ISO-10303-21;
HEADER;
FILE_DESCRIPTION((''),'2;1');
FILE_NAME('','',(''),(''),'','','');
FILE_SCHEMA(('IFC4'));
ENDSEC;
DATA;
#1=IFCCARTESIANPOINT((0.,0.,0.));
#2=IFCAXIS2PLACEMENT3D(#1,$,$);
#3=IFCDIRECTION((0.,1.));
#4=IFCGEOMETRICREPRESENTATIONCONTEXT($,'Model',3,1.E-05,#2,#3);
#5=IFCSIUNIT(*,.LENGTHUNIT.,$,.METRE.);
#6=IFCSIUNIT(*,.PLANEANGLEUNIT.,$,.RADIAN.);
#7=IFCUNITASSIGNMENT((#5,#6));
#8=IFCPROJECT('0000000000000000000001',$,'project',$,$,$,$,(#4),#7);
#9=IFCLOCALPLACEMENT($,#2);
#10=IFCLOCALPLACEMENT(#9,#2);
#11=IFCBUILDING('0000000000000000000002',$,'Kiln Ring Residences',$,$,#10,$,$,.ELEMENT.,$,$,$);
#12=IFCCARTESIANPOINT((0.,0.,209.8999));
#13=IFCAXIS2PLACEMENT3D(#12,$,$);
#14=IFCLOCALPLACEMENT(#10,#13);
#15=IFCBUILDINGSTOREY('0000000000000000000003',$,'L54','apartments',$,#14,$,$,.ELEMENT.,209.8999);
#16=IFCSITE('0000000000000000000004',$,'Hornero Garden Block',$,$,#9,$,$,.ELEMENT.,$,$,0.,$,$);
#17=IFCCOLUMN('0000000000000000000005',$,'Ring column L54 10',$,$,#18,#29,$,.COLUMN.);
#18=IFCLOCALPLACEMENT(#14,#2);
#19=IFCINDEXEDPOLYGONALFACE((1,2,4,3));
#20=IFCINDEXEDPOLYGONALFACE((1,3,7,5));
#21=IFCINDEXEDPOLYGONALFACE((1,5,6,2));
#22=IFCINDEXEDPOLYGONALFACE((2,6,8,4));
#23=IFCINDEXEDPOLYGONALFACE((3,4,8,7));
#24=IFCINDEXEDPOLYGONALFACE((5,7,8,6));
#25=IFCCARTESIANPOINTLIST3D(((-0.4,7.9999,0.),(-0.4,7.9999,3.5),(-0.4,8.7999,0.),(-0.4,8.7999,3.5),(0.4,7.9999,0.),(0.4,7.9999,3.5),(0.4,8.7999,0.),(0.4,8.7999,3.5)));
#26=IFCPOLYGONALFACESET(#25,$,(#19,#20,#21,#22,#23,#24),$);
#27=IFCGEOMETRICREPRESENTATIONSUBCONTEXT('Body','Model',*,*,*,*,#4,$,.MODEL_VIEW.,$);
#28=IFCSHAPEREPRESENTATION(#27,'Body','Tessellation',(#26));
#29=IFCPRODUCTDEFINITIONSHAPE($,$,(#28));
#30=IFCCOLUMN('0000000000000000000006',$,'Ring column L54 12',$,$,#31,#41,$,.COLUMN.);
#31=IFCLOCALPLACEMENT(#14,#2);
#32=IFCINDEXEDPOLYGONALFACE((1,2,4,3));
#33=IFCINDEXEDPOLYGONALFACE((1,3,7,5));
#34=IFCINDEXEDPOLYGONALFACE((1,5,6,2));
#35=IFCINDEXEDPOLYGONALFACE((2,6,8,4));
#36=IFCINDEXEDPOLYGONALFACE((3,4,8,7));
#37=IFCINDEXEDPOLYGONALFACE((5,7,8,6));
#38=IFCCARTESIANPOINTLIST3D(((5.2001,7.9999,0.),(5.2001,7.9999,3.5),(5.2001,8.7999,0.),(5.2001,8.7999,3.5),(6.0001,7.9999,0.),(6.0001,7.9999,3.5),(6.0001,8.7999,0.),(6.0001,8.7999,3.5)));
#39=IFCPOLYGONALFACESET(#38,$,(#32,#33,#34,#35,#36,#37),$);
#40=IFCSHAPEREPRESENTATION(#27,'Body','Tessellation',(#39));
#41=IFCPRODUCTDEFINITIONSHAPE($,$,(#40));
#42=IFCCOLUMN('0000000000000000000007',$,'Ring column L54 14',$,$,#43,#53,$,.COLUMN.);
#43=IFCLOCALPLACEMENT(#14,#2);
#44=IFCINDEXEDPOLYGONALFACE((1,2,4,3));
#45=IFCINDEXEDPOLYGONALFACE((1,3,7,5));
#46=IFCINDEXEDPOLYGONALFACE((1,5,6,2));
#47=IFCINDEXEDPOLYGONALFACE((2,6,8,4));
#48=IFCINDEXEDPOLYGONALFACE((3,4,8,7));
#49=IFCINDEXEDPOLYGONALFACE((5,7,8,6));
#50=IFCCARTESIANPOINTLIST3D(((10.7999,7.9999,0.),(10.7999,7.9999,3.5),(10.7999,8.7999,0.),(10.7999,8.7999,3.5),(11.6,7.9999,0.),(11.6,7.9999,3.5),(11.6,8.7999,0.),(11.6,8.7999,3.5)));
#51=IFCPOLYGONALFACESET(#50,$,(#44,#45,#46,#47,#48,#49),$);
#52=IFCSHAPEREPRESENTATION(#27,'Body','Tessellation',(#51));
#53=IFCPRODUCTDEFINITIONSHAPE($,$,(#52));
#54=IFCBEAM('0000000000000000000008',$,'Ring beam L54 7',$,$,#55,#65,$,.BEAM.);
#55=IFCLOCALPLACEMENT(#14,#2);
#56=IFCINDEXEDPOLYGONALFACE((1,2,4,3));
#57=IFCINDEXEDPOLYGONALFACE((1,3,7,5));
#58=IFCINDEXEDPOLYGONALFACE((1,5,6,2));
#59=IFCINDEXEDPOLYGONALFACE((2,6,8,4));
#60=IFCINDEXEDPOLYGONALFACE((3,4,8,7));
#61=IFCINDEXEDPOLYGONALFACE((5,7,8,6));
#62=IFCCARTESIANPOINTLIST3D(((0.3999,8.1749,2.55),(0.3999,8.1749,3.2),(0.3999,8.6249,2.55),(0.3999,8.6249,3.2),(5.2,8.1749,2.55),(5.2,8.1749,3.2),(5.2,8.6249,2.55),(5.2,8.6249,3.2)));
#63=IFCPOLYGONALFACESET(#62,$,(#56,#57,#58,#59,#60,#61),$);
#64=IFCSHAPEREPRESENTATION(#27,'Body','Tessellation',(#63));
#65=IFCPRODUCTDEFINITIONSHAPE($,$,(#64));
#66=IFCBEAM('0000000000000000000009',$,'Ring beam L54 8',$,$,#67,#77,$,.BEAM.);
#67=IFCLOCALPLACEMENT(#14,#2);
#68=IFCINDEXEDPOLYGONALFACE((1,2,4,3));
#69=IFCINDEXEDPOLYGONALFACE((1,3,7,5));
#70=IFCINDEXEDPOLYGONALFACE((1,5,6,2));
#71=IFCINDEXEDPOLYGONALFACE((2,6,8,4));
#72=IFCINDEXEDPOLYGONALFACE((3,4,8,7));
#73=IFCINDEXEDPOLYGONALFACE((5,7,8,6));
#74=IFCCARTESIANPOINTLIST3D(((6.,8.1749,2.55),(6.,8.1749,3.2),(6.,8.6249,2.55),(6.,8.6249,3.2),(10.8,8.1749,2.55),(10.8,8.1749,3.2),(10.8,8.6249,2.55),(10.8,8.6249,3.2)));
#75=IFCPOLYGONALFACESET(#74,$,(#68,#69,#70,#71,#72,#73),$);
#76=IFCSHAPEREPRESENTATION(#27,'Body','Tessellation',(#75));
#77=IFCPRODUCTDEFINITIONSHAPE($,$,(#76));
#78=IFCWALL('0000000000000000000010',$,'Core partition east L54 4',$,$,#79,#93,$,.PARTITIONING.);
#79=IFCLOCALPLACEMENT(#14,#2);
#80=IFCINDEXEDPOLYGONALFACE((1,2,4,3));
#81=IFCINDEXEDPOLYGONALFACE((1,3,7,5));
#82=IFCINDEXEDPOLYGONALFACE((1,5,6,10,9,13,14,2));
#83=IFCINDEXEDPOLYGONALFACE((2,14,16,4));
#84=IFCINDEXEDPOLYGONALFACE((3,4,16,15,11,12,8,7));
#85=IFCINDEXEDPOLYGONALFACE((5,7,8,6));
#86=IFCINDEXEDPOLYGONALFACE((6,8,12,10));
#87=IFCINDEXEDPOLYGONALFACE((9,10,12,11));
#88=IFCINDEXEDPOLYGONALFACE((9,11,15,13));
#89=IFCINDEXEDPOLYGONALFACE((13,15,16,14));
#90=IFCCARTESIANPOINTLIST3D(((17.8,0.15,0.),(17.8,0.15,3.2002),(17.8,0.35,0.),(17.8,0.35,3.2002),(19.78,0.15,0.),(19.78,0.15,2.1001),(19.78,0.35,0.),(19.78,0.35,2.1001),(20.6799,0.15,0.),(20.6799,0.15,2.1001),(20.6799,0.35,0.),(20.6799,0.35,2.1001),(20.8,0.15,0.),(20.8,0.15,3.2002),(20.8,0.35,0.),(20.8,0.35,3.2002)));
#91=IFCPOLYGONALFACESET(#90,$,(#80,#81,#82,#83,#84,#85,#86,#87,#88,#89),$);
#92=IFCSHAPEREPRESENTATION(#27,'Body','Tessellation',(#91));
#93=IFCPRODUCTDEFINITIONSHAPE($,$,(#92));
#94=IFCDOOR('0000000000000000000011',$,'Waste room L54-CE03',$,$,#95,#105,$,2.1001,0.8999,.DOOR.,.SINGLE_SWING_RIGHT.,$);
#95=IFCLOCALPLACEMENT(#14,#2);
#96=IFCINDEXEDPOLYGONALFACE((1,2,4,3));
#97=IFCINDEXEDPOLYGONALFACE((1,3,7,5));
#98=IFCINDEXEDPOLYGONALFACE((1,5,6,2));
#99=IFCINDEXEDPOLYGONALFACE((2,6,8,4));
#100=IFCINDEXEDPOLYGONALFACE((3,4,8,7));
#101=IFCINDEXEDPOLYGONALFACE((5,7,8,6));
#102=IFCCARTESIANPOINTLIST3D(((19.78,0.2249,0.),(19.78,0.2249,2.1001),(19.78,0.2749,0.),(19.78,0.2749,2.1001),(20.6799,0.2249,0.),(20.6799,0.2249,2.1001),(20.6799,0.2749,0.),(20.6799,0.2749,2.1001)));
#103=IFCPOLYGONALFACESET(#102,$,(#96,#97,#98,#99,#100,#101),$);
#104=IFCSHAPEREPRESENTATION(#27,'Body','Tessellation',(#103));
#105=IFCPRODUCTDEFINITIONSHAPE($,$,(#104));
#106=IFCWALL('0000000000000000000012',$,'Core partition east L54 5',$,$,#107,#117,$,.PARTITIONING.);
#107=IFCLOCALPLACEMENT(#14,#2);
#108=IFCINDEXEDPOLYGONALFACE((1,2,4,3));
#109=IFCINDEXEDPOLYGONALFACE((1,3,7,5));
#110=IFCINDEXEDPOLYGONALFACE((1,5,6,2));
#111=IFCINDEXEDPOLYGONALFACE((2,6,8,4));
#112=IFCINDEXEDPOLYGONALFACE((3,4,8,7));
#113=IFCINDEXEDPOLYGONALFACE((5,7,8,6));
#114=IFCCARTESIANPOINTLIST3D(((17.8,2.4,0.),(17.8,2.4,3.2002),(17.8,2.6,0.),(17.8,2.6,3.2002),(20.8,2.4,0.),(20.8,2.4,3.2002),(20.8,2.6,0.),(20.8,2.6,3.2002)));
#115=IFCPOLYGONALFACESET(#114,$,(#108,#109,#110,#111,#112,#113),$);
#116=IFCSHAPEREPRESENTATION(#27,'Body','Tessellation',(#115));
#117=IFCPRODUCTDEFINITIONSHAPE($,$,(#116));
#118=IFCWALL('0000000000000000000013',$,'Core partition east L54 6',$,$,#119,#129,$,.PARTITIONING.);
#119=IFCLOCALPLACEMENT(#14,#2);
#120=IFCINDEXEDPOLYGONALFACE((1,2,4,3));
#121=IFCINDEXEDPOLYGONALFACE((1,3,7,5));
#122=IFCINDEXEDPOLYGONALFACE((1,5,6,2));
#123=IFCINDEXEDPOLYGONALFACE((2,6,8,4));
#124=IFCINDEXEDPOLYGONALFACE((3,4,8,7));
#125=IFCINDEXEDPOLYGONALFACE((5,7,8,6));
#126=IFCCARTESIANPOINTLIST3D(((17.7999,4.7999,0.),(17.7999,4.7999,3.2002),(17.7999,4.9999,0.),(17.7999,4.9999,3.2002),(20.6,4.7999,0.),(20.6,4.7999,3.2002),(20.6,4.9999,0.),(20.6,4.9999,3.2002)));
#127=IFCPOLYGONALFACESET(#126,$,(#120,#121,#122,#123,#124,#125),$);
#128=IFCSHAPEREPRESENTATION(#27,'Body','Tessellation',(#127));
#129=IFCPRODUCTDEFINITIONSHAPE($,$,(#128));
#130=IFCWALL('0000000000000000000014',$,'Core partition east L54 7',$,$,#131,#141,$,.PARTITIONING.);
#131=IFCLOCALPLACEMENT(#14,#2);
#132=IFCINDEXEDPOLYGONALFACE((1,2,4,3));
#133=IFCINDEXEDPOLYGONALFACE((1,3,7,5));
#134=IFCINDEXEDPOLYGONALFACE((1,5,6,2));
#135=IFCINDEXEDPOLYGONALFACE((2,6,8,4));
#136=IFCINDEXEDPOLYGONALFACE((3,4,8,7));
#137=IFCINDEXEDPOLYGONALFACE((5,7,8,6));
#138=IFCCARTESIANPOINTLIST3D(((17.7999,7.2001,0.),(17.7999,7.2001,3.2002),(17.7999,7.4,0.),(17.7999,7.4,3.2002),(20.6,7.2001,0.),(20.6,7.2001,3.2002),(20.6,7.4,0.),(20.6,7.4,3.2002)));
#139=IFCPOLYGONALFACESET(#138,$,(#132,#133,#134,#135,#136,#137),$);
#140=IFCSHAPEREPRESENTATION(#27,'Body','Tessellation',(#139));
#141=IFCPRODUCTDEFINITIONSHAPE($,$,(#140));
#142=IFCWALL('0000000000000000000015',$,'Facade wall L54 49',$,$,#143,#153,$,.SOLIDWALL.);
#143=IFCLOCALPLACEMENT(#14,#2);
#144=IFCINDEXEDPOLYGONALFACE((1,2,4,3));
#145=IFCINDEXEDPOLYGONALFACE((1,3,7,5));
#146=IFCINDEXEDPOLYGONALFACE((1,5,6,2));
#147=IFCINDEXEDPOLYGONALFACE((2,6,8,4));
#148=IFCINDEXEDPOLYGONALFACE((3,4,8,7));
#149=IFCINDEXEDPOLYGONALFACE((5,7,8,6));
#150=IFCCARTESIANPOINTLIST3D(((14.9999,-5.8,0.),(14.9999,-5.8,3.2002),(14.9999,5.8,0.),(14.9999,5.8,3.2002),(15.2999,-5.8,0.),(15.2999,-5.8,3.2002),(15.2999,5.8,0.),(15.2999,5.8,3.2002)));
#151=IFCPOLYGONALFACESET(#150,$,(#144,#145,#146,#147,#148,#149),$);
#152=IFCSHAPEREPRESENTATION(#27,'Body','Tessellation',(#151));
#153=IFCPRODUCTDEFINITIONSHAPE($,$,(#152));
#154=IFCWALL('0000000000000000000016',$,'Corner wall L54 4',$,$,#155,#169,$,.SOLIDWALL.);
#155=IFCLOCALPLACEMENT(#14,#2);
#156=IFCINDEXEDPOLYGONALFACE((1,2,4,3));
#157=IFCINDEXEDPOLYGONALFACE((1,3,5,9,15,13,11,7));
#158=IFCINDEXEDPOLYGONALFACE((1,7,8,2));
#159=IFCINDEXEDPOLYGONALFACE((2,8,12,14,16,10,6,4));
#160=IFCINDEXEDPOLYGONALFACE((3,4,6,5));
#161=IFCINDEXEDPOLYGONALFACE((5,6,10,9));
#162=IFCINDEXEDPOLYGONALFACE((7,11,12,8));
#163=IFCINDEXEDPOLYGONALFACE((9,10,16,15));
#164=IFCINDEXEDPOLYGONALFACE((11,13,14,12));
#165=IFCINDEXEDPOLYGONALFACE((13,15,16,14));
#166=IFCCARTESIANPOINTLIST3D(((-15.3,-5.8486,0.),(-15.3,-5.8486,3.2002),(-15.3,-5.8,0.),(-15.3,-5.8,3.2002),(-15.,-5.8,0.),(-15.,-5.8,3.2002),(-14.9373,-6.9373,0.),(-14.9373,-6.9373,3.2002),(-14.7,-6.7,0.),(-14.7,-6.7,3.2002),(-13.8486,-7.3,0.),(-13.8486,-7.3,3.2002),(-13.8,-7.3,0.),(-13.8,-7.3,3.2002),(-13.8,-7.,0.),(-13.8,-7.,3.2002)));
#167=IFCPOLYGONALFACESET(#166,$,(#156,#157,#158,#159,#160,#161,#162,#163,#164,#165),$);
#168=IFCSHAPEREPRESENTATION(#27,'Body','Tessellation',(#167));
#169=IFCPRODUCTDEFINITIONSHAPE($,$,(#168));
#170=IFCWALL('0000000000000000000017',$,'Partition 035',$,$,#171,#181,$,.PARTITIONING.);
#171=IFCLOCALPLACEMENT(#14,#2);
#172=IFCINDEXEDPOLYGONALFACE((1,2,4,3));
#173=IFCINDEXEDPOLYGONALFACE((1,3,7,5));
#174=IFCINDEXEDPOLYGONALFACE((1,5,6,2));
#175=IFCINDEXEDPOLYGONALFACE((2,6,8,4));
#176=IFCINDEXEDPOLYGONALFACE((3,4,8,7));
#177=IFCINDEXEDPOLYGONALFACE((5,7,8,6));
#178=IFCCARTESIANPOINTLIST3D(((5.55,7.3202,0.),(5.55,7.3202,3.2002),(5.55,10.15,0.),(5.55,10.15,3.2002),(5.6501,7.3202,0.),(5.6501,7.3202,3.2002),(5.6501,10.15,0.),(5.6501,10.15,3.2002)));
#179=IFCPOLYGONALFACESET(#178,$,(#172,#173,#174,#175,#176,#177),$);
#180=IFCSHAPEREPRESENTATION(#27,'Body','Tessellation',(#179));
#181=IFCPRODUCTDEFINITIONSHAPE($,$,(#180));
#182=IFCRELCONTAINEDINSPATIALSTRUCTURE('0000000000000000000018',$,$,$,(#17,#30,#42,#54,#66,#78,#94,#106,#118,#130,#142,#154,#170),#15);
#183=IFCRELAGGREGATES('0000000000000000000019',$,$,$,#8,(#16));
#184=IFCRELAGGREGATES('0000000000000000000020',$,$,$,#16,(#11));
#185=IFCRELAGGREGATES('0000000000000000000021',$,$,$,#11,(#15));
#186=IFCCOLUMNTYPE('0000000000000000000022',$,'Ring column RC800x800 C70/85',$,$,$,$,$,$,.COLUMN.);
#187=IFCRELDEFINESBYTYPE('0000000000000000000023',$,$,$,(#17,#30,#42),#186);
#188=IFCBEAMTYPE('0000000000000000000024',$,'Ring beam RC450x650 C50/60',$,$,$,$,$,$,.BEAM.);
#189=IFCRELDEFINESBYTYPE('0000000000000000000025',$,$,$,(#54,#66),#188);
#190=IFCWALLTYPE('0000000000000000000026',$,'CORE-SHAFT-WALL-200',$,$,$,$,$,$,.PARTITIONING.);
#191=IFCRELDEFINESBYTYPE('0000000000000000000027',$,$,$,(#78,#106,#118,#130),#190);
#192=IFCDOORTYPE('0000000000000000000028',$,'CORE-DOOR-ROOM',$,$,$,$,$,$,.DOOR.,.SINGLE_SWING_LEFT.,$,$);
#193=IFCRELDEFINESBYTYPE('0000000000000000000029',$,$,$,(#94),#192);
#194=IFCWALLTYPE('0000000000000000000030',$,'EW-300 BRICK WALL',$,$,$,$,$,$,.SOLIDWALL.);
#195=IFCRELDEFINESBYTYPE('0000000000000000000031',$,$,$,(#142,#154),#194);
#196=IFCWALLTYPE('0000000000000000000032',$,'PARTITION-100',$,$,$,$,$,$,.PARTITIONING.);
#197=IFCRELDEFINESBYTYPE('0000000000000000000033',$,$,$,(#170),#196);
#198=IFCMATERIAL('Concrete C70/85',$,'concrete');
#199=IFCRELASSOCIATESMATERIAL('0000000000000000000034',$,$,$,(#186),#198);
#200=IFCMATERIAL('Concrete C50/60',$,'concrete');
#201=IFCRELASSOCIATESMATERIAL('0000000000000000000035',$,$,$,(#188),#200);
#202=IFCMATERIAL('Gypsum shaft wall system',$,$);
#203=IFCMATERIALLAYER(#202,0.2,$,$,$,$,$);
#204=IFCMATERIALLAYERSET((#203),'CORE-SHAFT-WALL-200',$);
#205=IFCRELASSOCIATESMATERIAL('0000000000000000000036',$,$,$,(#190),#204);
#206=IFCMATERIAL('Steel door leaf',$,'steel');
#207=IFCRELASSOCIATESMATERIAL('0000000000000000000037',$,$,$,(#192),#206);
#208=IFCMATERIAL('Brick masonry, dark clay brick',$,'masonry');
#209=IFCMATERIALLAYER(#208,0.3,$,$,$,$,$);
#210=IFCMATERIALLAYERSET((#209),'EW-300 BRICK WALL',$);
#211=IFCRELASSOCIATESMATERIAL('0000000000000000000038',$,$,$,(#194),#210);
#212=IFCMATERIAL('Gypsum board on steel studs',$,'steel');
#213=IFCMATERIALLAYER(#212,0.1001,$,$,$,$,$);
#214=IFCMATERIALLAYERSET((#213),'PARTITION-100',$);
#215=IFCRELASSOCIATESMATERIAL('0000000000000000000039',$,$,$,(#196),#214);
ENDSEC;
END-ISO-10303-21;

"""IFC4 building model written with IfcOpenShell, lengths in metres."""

from ifc_helpers import new_model, si_unit, direction, frame, frame_2d, origin, origin_2d, place, context, subcontext, project, spatial, polyline, rectangle, outline, extrude, material, layer, layer_set, material_profile, profile_set, type_object, element, fill, save


model = new_model("IFC4")

# Units and contexts
model_context = context("Model", 3, precision=1e-05, world=origin(), true_north=direction((0.0, 1.0)))
body_context = subcontext(model_context, "Body", "Model", "MODEL_VIEW")
ifc_project = project(units=[si_unit("LENGTHUNIT", "METRE"), si_unit("PLANEANGLEUNIT", "RADIAN")], contexts=[model_context])

# Site, building, storey
site_placement = place(None, origin())
site = spatial("IfcSite", under=ifc_project, at=site_placement, Name="Hornero Garden Block", CompositionType="ELEMENT", RefElevation=0.0)
building_placement = place(site_placement, origin())
building = spatial("IfcBuilding", under=site, at=building_placement, Name="Kiln Ring Residences", CompositionType="ELEMENT")
storey_placement = place(building_placement, frame((0.0, 0.0, 209.8999)))
storey = spatial("IfcBuildingStorey", under=building, at=storey_placement, Name="L54", Description="apartments", CompositionType="ELEMENT", Elevation=209.8999)

# Columns
ifc_material_1 = material(Name="Concrete C70/85", Category="concrete")
ifc_material_profile_1 = material_profile(ifc_material_1, rectangle(XDim=0.8, YDim=0.8, at=origin_2d()), Name="RC800x800")
ifc_profile_set_1 = profile_set([ifc_material_profile_1], Name="Concrete C70/85")
column_type = type_object("IfcColumnType", Name="Ring column RC800x800 C70/85", PredefinedType="COLUMN", material=ifc_profile_set_1)
for number, where, z_axis, x_axis, name in (
    (1, (0.0, 8.3999, 0.0), (0.0, 0.0, 1.0), (1.0, 0.0, 0.0), "Ring column L54 10"),
    (2, (5.6001, 8.3999, 0.0), (0.0, 0.0, 1.0), (1.0, 0.0, 0.0), "Ring column L54 12"),
    (3, (11.2, 8.3999, 0.0), (0.0, 0.0, 1.0), (1.0, 0.0, 0.0), "Ring column L54 14"),
):
    element("IfcColumn", number, at=place(storey_placement, frame(where, z_axis=z_axis, x_axis=x_axis)), inside=storey, type_object=column_type, Name=name, PredefinedType="COLUMN", context=body_context, shape_type="SweptSolid", body=[
        extrude(rectangle(XDim=0.8, YDim=0.8, at=origin_2d()), origin(), (0.0, 0.0, 1.0), 3.5),
    ])

# Beams
ifc_material_2 = material(Name="Concrete C50/60", Category="concrete")
ifc_material_profile_2 = material_profile(ifc_material_2, rectangle(XDim=0.45, YDim=0.6499, at=origin_2d()), Name="RC450x650")
ifc_profile_set_2 = profile_set([ifc_material_profile_2], Name="Concrete C50/60")
beam_type = type_object("IfcBeamType", Name="Ring beam RC450x650 C50/60", PredefinedType="BEAM", material=ifc_profile_set_2)
for number, where, z_axis, x_axis, name in (
    (4, (0.3999, 8.3999, 2.875), (1.0, 0.0, 0.0), (0.0, 1.0, 0.0), "Ring beam L54 7"),
    (5, (6.0, 8.3999, 2.875), (1.0, 0.0, 0.0), (0.0, 1.0, 0.0), "Ring beam L54 8"),
):
    element("IfcBeam", number, at=place(storey_placement, frame(where, z_axis=z_axis, x_axis=x_axis)), inside=storey, type_object=beam_type, Name=name, PredefinedType="BEAM", context=body_context, shape_type="SweptSolid", body=[
        extrude(rectangle(XDim=0.45, YDim=0.6499, at=origin_2d()), origin(), (0.0, 0.0, 1.0), 4.8),
    ])

# Wall, opening, door
ifc_material_3 = material(Name="Gypsum shaft wall system")
ifc_layer_1 = layer(ifc_material_3, 0.2)
ifc_layer_set_1 = layer_set([ifc_layer_1], Name="CORE-SHAFT-WALL-200")
wall_type_1 = type_object("IfcWallType", Name="CORE-SHAFT-WALL-200", PredefinedType="PARTITIONING", material=ifc_layer_set_1)
wall_1_placement = place(storey_placement, frame((17.8, 0.25, 0.0), z_axis=(0.0, 0.0, 1.0), x_axis=(1.0, 0.0, 0.0)))
wall_1 = element("IfcWall", 6, at=wall_1_placement, inside=storey, type_object=wall_type_1, Name="Core partition east L54 4", PredefinedType="PARTITIONING", context=body_context, shape_type="SweptSolid", body=[
    extrude(rectangle(XDim=3.0, YDim=0.2, at=frame_2d((1.5, 0.0))), origin(), (0.0, 0.0, 1.0), 3.2002),
])
opening_1_placement = place(wall_1_placement, frame((1.98, 0.0, 0.0)))
opening_1 = element("IfcOpeningElement", 7, at=opening_1_placement, cuts=wall_1, PredefinedType="OPENING", context=body_context, shape_type="SweptSolid", body=[
    extrude(rectangle(XDim=0.8999, YDim=2.1001, at=frame_2d((0.45, 1.05))), frame((0.0, 0.1099, 0.0), z_axis=(0.0, -1.0, 0.0), x_axis=(1.0, 0.0, 0.0)), (0.0, 0.0, 1.0), 0.22),
])
ifc_material_4 = material(Name="Steel door leaf", Category="steel")
door_type_1 = type_object("IfcDoorType", Name="CORE-DOOR-ROOM", OperationType="SINGLE_SWING_LEFT", PredefinedType="DOOR", material=ifc_material_4)
door_1_placement = place(opening_1_placement, origin())
door_1 = element("IfcDoor", 8, at=door_1_placement, inside=storey, type_object=door_type_1, Name="Waste room L54-CE03", OperationType="SINGLE_SWING_RIGHT", OverallHeight=2.1001, OverallWidth=0.8999, PredefinedType="DOOR", context=body_context, shape_type="SweptSolid", body=[
    extrude(rectangle(XDim=0.8999, YDim=2.1001, at=frame_2d((0.45, 1.05))), frame((0.0, 0.0249, 0.0), z_axis=(0.0, -1.0, 0.0), x_axis=(1.0, 0.0, 0.0)), (0.0, 0.0, 1.0), 0.05),
])
fill(opening_1, door_1)

# Walls
wall_2_placement = place(storey_placement, frame((17.8, 2.5, 0.0), z_axis=(0.0, 0.0, 1.0), x_axis=(1.0, 0.0, 0.0)))
element("IfcWall", 9, at=wall_2_placement, inside=storey, type_object=wall_type_1, Name="Core partition east L54 5", PredefinedType="PARTITIONING", context=body_context, shape_type="SweptSolid", body=[
    extrude(rectangle(XDim=3.0, YDim=0.2, at=frame_2d((1.5, 0.0))), origin(), (0.0, 0.0, 1.0), 3.2002),
])
for number, where, z_axis, x_axis, name in (
    (10, (17.8, 4.8999, 0.0), (0.0, 0.0, 1.0), (1.0, 0.0, 0.0), "Core partition east L54 6"),
    (11, (17.8, 7.3, 0.0), (0.0, 0.0, 1.0), (1.0, 0.0, 0.0), "Core partition east L54 7"),
):
    element("IfcWall", number, at=place(storey_placement, frame(where, z_axis=z_axis, x_axis=x_axis)), inside=storey, type_object=wall_type_1, Name=name, PredefinedType="PARTITIONING", context=body_context, shape_type="SweptSolid", body=[
        extrude(rectangle(XDim=2.8, YDim=0.2, at=frame_2d((1.3999, 0.0))), origin(), (0.0, 0.0, 1.0), 3.2002),
    ])
ifc_material_5 = material(Name="Brick masonry, dark clay brick", Category="masonry")
ifc_layer_2 = layer(ifc_material_5, 0.3)
ifc_layer_set_2 = layer_set([ifc_layer_2], Name="EW-300 BRICK WALL")
wall_type_2 = type_object("IfcWallType", Name="EW-300 BRICK WALL", PredefinedType="SOLIDWALL", material=ifc_layer_set_2)
wall_3_placement = place(storey_placement, frame((15.1499, 5.8, 0.0), z_axis=(0.0, 0.0, 1.0), x_axis=(0.0, -1.0, 0.0)))
element("IfcWall", 12, at=wall_3_placement, inside=storey, type_object=wall_type_2, Name="Facade wall L54 49", PredefinedType="SOLIDWALL", context=body_context, shape_type="SweptSolid", body=[
    extrude(rectangle(XDim=11.6001, YDim=0.3, at=frame_2d((5.8, 0.0))), origin(), (0.0, 0.0, 1.0), 3.2002),
])
wall_4_placement = place(storey_placement, origin())
element("IfcWall", 13, at=wall_4_placement, inside=storey, type_object=wall_type_2, Name="Corner wall L54 4", PredefinedType="SOLIDWALL", context=body_context, shape_type="SweptSolid", body=[
    extrude(outline(polyline([(-14.9373, -6.9373), (-13.8486, -7.3), (-13.8, -7.3), (-13.8, -7.0), (-14.7, -6.7), (-15.0, -5.8), (-15.3, -5.8), (-15.3, -5.8486), (-14.9373, -6.9373)])), origin(), (0.0, 0.0, 1.0), 3.2002),
])
ifc_material_6 = material(Name="Gypsum board on steel studs", Category="steel")
ifc_layer_3 = layer(ifc_material_6, 0.1001)
ifc_layer_set_3 = layer_set([ifc_layer_3], Name="PARTITION-100")
wall_type_3 = type_object("IfcWallType", Name="PARTITION-100", PredefinedType="PARTITIONING", material=ifc_layer_set_3)
wall_5_placement = place(storey_placement, frame((5.6001, 7.3201, 0.0), z_axis=(0.0, 0.0, 1.0), x_axis=(0.0, 1.0, 0.0)))
element("IfcWall", 14, at=wall_5_placement, inside=storey, type_object=wall_type_3, Name="Partition 035", PredefinedType="PARTITIONING", context=body_context, shape_type="SweptSolid", body=[
    extrude(rectangle(XDim=2.8298, YDim=0.1001, at=frame_2d((1.415, 0.0))), origin(), (0.0, 0.0, 1.0), 3.2002),
])

save(model, "model.ifc")
